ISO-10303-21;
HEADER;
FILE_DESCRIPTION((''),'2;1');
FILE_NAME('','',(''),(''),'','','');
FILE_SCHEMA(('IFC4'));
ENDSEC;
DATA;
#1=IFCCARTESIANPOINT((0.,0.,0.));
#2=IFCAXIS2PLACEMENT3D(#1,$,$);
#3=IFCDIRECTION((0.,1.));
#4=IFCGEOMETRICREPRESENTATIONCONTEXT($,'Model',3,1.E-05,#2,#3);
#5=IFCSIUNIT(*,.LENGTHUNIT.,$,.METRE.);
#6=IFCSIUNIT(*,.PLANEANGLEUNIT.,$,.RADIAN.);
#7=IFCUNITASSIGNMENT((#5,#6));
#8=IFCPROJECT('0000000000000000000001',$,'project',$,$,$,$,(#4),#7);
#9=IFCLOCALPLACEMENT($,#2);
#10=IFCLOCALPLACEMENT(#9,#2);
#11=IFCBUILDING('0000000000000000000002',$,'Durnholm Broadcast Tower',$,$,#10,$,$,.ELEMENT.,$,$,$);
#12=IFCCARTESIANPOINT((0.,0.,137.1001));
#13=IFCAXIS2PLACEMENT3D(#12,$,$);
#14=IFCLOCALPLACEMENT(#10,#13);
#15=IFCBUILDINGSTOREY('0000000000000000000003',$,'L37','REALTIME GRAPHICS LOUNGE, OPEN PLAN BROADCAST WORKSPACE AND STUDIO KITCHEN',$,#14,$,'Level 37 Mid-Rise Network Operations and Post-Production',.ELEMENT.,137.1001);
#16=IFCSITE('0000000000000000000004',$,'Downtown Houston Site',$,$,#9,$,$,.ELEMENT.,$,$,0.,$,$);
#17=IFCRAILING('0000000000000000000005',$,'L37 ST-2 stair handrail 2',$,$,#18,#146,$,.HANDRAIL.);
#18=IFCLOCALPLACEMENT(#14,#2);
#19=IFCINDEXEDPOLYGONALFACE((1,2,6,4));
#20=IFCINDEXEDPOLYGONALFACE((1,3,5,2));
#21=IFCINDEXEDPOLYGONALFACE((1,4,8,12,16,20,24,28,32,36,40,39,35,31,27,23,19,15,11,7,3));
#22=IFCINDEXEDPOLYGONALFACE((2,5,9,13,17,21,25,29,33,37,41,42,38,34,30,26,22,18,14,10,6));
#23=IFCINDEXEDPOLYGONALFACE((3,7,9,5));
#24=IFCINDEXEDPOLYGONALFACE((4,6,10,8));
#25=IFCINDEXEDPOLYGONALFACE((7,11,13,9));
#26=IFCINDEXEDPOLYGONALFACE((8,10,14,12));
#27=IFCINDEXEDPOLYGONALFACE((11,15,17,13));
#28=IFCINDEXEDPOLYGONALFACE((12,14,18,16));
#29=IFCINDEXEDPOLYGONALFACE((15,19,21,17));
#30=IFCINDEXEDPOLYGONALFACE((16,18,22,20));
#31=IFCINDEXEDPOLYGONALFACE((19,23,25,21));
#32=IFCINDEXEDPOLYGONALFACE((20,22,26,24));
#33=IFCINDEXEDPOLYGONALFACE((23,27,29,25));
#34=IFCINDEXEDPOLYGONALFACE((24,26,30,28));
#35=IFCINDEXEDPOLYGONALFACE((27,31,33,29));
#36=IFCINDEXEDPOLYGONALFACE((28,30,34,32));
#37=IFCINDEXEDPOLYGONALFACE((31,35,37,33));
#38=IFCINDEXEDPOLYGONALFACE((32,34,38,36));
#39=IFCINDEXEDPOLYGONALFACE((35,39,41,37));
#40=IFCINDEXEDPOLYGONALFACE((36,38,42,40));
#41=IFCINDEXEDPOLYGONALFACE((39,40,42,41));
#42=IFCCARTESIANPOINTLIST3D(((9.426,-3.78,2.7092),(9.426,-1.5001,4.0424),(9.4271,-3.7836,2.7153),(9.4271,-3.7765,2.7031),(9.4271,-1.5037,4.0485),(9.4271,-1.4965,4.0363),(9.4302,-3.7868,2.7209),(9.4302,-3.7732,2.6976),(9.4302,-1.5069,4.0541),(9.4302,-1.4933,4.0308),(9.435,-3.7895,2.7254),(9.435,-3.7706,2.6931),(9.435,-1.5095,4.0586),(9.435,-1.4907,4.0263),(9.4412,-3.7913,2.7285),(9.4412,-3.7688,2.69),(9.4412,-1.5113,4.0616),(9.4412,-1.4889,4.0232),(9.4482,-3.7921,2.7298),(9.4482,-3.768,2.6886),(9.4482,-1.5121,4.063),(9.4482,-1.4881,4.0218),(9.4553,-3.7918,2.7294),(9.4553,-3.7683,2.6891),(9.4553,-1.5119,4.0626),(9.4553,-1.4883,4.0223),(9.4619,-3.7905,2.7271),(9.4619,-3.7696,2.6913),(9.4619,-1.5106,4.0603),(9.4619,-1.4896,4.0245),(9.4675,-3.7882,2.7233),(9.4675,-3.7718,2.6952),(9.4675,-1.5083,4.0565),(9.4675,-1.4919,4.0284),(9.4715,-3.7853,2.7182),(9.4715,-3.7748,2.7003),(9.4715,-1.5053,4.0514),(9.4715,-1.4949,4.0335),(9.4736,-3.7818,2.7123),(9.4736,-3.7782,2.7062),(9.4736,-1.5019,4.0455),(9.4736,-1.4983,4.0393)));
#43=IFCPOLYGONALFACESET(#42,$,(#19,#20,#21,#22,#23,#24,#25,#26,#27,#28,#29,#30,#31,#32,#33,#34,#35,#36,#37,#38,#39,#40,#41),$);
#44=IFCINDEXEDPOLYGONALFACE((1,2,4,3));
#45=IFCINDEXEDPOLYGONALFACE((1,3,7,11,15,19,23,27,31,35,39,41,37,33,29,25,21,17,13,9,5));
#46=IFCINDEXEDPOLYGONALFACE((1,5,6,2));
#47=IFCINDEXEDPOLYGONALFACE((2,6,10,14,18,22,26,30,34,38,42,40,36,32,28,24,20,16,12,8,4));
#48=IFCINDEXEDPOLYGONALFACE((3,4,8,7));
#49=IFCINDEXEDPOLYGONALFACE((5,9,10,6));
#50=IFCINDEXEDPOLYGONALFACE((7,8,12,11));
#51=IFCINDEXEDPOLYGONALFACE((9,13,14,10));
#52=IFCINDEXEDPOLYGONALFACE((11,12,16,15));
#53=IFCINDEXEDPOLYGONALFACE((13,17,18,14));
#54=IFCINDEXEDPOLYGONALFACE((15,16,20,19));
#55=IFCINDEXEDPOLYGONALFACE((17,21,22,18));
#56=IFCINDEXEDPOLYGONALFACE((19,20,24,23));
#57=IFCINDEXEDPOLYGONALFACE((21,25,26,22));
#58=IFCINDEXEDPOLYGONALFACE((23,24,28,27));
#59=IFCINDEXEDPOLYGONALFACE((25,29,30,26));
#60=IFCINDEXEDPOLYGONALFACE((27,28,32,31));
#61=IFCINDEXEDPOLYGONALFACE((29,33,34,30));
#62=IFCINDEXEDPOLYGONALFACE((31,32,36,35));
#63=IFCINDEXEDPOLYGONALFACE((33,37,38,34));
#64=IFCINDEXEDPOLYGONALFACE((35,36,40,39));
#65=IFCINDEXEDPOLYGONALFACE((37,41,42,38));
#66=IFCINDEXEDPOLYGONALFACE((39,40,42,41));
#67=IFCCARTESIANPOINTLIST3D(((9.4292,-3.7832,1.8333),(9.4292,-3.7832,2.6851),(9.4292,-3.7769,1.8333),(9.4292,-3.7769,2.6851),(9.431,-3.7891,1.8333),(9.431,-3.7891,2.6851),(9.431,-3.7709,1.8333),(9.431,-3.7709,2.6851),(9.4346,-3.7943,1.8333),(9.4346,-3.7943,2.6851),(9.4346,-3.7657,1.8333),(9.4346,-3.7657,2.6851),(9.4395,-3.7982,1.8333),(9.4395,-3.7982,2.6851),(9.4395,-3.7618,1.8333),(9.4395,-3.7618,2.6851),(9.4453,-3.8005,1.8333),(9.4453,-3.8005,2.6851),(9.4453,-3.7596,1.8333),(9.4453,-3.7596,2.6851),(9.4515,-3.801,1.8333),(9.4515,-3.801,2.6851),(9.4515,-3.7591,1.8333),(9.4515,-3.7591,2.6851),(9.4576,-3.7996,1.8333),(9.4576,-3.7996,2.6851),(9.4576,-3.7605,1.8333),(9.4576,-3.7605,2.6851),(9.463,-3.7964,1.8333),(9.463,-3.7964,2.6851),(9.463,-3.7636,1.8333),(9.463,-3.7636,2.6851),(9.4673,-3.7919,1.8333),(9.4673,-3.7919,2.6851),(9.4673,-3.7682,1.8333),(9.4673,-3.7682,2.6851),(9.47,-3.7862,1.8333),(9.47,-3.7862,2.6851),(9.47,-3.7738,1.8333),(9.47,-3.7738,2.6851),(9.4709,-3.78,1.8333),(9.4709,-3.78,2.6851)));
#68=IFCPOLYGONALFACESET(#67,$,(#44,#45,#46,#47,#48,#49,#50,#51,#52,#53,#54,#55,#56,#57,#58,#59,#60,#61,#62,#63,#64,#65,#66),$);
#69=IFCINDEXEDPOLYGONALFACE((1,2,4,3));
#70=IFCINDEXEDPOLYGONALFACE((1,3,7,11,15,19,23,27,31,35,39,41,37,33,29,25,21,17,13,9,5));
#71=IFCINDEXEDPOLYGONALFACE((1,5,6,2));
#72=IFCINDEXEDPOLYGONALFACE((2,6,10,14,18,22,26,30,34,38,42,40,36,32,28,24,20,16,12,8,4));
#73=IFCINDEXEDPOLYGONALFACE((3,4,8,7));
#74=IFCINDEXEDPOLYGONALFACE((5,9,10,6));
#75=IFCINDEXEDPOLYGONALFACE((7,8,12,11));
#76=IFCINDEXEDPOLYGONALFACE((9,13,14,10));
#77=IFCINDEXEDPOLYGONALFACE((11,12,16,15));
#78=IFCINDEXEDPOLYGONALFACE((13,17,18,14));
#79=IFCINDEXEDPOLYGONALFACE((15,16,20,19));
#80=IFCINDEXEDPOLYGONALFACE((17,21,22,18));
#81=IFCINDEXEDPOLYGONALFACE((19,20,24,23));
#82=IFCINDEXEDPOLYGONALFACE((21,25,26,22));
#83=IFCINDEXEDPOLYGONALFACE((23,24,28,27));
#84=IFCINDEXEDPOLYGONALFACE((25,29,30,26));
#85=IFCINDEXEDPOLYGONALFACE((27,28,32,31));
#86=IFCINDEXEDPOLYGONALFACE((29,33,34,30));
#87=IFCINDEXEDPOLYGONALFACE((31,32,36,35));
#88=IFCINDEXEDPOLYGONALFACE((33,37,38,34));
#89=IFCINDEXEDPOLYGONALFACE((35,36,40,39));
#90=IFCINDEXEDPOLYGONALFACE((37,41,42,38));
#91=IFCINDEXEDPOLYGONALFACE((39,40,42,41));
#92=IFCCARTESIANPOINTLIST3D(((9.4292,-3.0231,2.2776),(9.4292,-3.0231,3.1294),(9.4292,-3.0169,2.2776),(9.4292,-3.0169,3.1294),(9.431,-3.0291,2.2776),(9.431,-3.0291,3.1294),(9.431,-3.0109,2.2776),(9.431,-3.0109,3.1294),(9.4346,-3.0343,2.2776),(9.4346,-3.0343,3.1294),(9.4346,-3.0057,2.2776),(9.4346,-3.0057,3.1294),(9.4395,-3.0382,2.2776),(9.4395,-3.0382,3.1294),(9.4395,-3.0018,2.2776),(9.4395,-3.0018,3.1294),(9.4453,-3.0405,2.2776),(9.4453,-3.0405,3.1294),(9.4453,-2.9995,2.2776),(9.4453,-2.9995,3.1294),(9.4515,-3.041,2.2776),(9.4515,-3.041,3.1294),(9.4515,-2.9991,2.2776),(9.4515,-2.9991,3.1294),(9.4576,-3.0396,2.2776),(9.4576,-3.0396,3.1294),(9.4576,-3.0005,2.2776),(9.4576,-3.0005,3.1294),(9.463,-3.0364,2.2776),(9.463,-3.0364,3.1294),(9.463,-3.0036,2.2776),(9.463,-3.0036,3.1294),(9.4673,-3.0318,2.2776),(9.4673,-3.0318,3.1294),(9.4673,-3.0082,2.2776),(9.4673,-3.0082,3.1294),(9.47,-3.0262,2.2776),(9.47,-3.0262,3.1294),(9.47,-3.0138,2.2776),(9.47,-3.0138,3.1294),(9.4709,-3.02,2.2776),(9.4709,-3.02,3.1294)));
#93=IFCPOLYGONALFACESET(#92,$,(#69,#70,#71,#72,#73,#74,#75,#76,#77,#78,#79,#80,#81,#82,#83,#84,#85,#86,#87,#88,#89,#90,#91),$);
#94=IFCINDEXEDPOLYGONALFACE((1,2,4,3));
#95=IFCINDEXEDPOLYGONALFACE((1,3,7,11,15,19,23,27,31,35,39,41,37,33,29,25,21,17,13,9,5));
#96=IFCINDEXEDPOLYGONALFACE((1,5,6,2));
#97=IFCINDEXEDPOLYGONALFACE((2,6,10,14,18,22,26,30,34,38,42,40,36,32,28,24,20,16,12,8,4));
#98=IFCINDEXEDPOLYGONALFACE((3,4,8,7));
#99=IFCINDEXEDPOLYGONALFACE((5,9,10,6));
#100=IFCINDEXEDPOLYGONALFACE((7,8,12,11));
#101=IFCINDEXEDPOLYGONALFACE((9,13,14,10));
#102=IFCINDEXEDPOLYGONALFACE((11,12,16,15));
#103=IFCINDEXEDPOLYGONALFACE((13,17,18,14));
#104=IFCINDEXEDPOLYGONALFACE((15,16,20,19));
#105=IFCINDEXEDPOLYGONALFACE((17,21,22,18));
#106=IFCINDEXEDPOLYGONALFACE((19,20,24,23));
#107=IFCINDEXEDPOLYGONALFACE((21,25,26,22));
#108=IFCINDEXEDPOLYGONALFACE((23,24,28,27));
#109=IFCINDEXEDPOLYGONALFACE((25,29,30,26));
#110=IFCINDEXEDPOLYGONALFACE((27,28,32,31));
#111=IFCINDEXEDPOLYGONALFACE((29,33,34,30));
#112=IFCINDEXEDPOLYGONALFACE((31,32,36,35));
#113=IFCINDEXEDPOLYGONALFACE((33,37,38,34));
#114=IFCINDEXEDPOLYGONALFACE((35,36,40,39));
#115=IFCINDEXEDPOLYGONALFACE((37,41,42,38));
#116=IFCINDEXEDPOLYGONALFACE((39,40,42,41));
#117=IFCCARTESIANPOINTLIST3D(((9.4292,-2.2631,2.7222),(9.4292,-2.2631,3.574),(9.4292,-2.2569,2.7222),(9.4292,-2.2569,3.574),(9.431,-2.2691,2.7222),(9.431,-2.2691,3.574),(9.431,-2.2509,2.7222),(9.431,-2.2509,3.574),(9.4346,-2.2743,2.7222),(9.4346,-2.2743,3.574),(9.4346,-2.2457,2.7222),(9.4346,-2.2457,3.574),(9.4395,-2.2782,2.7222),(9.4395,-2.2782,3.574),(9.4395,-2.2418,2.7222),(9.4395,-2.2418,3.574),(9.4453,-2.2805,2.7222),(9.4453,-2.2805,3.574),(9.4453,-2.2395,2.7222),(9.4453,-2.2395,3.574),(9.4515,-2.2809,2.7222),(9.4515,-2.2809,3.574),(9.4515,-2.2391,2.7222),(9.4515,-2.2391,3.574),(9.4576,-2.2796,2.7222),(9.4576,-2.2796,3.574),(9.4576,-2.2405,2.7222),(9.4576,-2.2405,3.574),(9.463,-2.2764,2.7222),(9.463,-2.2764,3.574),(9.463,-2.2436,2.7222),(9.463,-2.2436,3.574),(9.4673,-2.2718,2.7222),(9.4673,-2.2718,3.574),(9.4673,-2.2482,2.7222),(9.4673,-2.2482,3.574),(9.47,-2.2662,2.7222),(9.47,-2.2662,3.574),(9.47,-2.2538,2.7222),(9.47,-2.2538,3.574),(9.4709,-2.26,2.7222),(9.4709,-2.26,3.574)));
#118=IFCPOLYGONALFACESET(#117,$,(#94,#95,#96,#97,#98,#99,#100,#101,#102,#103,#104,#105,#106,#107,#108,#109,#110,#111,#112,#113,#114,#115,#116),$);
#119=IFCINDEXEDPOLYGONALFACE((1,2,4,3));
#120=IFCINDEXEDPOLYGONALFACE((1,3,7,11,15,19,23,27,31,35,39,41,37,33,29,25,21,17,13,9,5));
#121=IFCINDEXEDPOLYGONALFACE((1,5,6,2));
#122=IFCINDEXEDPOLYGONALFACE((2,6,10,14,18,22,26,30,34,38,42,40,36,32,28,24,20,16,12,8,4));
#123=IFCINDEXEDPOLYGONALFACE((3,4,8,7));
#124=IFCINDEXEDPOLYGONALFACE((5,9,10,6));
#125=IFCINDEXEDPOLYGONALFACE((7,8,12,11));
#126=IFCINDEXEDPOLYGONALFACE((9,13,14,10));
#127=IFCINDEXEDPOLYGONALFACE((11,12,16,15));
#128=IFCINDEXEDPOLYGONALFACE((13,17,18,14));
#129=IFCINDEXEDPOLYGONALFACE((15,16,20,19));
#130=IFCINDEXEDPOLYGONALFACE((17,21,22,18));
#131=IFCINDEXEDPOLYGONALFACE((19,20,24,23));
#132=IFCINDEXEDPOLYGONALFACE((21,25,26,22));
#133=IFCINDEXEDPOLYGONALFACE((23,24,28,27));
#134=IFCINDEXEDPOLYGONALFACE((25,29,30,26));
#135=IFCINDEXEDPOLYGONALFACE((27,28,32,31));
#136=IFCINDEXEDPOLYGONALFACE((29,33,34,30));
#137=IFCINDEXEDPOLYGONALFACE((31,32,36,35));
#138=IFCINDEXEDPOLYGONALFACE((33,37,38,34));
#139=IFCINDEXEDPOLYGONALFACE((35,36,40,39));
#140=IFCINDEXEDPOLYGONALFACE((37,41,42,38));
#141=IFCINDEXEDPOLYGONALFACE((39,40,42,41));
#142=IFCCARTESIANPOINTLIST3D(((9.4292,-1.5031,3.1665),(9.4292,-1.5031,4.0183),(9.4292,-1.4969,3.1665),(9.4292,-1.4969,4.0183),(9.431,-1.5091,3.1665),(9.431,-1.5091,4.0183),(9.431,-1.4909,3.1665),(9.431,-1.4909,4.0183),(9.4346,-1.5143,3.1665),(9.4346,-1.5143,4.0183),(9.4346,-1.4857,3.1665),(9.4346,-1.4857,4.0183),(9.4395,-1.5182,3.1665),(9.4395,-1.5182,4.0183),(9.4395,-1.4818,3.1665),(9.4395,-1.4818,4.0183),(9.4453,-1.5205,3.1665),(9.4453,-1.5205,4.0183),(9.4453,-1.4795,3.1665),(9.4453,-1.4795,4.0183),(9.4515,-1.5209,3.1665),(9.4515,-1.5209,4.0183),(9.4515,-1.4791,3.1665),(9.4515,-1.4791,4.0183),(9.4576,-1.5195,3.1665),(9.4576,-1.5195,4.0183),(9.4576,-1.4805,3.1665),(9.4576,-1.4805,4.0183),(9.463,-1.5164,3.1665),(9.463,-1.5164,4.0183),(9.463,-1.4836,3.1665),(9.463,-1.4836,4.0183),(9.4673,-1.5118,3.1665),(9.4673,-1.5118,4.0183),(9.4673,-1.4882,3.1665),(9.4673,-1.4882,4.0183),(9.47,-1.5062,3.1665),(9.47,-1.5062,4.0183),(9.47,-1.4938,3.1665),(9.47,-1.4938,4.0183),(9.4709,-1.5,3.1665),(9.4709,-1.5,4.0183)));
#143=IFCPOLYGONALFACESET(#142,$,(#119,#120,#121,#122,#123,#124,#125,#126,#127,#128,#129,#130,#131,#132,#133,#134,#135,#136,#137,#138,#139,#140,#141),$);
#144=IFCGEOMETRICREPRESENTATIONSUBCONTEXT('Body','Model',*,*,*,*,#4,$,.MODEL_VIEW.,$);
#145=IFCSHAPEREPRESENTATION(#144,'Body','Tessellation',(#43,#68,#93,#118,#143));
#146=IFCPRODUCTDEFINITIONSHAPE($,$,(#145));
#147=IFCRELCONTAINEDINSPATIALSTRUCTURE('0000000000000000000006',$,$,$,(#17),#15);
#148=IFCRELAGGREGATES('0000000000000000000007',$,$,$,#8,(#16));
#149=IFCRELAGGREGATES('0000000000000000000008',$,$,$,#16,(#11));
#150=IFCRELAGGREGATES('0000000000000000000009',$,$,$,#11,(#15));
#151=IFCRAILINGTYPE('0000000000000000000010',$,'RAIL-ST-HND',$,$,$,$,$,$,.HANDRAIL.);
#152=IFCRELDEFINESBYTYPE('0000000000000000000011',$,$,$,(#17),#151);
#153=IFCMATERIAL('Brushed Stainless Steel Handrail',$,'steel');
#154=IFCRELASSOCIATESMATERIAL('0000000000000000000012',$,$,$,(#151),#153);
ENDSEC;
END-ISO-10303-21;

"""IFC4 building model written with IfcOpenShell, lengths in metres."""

from ifc_helpers import new_model, si_unit, direction, frame, origin, origin_2d, place, context, subcontext, project, spatial, circle, extrude, material, type_object, element, save


model = new_model("IFC4")

# Units and contexts
model_context = context("Model", 3, precision=1e-05, world=origin(), true_north=direction((0.0, 1.0)))
body_context = subcontext(model_context, "Body", "Model", "MODEL_VIEW")
ifc_project = project(units=[si_unit("LENGTHUNIT", "METRE"), si_unit("PLANEANGLEUNIT", "RADIAN")], contexts=[model_context])

# Site, building, storey
site_placement = place(None, origin())
site = spatial("IfcSite", under=ifc_project, at=site_placement, Name="Downtown Houston Site", CompositionType="ELEMENT", RefElevation=0.0)
building_placement = place(site_placement, origin())
building = spatial("IfcBuilding", under=site, at=building_placement, Name="Durnholm Broadcast Tower", CompositionType="ELEMENT")
storey_placement = place(building_placement, frame((0.0, 0.0, 137.1001)))
storey = spatial("IfcBuildingStorey", under=building, at=storey_placement, Name="L37", Description="REALTIME GRAPHICS LOUNGE, OPEN PLAN BROADCAST WORKSPACE AND STUDIO KITCHEN", LongName="Level 37 Mid-Rise Network Operations and Post-Production", CompositionType="ELEMENT", Elevation=137.1001)

# Railing
ifc_material_1 = material(Name="Brushed Stainless Steel Handrail", Category="steel")
railing_type_1 = type_object("IfcRailingType", Name="RAIL-ST-HND", PredefinedType="HANDRAIL", material=ifc_material_1)
railing_1_placement = place(storey_placement, frame((9.45, -3.78, 1.8333)))
element("IfcRailing", 1, at=railing_1_placement, inside=storey, type_object=railing_type_1, Name="L37 ST-2 stair handrail 2", PredefinedType="HANDRAIL", context=body_context, shape_type="SweptSolid", body=[
    extrude(circle(Radius=0.0239, at=origin_2d()), frame((0.0, 0.0, 0.876), z_axis=(0.0, 0.863245, 0.504785), x_axis=(-1.0, 0.0, 0.0)), (0.0, 0.0, 1.0), 2.6411),
    extrude(circle(Radius=0.021, at=origin_2d()), origin(), (0.0, 0.0, 1.0), 0.8518),
    extrude(circle(Radius=0.021, at=origin_2d()), frame((0.0, 0.76, 0.4443)), (0.0, 0.0, 1.0), 0.8518),
    extrude(circle(Radius=0.021, at=origin_2d()), frame((0.0, 1.52, 0.8889)), (0.0, 0.0, 1.0), 0.8518),
    extrude(circle(Radius=0.021, at=origin_2d()), frame((0.0, 2.28, 1.3333)), (0.0, 0.0, 1.0), 0.8518),
])

save(model, "model.ifc")
